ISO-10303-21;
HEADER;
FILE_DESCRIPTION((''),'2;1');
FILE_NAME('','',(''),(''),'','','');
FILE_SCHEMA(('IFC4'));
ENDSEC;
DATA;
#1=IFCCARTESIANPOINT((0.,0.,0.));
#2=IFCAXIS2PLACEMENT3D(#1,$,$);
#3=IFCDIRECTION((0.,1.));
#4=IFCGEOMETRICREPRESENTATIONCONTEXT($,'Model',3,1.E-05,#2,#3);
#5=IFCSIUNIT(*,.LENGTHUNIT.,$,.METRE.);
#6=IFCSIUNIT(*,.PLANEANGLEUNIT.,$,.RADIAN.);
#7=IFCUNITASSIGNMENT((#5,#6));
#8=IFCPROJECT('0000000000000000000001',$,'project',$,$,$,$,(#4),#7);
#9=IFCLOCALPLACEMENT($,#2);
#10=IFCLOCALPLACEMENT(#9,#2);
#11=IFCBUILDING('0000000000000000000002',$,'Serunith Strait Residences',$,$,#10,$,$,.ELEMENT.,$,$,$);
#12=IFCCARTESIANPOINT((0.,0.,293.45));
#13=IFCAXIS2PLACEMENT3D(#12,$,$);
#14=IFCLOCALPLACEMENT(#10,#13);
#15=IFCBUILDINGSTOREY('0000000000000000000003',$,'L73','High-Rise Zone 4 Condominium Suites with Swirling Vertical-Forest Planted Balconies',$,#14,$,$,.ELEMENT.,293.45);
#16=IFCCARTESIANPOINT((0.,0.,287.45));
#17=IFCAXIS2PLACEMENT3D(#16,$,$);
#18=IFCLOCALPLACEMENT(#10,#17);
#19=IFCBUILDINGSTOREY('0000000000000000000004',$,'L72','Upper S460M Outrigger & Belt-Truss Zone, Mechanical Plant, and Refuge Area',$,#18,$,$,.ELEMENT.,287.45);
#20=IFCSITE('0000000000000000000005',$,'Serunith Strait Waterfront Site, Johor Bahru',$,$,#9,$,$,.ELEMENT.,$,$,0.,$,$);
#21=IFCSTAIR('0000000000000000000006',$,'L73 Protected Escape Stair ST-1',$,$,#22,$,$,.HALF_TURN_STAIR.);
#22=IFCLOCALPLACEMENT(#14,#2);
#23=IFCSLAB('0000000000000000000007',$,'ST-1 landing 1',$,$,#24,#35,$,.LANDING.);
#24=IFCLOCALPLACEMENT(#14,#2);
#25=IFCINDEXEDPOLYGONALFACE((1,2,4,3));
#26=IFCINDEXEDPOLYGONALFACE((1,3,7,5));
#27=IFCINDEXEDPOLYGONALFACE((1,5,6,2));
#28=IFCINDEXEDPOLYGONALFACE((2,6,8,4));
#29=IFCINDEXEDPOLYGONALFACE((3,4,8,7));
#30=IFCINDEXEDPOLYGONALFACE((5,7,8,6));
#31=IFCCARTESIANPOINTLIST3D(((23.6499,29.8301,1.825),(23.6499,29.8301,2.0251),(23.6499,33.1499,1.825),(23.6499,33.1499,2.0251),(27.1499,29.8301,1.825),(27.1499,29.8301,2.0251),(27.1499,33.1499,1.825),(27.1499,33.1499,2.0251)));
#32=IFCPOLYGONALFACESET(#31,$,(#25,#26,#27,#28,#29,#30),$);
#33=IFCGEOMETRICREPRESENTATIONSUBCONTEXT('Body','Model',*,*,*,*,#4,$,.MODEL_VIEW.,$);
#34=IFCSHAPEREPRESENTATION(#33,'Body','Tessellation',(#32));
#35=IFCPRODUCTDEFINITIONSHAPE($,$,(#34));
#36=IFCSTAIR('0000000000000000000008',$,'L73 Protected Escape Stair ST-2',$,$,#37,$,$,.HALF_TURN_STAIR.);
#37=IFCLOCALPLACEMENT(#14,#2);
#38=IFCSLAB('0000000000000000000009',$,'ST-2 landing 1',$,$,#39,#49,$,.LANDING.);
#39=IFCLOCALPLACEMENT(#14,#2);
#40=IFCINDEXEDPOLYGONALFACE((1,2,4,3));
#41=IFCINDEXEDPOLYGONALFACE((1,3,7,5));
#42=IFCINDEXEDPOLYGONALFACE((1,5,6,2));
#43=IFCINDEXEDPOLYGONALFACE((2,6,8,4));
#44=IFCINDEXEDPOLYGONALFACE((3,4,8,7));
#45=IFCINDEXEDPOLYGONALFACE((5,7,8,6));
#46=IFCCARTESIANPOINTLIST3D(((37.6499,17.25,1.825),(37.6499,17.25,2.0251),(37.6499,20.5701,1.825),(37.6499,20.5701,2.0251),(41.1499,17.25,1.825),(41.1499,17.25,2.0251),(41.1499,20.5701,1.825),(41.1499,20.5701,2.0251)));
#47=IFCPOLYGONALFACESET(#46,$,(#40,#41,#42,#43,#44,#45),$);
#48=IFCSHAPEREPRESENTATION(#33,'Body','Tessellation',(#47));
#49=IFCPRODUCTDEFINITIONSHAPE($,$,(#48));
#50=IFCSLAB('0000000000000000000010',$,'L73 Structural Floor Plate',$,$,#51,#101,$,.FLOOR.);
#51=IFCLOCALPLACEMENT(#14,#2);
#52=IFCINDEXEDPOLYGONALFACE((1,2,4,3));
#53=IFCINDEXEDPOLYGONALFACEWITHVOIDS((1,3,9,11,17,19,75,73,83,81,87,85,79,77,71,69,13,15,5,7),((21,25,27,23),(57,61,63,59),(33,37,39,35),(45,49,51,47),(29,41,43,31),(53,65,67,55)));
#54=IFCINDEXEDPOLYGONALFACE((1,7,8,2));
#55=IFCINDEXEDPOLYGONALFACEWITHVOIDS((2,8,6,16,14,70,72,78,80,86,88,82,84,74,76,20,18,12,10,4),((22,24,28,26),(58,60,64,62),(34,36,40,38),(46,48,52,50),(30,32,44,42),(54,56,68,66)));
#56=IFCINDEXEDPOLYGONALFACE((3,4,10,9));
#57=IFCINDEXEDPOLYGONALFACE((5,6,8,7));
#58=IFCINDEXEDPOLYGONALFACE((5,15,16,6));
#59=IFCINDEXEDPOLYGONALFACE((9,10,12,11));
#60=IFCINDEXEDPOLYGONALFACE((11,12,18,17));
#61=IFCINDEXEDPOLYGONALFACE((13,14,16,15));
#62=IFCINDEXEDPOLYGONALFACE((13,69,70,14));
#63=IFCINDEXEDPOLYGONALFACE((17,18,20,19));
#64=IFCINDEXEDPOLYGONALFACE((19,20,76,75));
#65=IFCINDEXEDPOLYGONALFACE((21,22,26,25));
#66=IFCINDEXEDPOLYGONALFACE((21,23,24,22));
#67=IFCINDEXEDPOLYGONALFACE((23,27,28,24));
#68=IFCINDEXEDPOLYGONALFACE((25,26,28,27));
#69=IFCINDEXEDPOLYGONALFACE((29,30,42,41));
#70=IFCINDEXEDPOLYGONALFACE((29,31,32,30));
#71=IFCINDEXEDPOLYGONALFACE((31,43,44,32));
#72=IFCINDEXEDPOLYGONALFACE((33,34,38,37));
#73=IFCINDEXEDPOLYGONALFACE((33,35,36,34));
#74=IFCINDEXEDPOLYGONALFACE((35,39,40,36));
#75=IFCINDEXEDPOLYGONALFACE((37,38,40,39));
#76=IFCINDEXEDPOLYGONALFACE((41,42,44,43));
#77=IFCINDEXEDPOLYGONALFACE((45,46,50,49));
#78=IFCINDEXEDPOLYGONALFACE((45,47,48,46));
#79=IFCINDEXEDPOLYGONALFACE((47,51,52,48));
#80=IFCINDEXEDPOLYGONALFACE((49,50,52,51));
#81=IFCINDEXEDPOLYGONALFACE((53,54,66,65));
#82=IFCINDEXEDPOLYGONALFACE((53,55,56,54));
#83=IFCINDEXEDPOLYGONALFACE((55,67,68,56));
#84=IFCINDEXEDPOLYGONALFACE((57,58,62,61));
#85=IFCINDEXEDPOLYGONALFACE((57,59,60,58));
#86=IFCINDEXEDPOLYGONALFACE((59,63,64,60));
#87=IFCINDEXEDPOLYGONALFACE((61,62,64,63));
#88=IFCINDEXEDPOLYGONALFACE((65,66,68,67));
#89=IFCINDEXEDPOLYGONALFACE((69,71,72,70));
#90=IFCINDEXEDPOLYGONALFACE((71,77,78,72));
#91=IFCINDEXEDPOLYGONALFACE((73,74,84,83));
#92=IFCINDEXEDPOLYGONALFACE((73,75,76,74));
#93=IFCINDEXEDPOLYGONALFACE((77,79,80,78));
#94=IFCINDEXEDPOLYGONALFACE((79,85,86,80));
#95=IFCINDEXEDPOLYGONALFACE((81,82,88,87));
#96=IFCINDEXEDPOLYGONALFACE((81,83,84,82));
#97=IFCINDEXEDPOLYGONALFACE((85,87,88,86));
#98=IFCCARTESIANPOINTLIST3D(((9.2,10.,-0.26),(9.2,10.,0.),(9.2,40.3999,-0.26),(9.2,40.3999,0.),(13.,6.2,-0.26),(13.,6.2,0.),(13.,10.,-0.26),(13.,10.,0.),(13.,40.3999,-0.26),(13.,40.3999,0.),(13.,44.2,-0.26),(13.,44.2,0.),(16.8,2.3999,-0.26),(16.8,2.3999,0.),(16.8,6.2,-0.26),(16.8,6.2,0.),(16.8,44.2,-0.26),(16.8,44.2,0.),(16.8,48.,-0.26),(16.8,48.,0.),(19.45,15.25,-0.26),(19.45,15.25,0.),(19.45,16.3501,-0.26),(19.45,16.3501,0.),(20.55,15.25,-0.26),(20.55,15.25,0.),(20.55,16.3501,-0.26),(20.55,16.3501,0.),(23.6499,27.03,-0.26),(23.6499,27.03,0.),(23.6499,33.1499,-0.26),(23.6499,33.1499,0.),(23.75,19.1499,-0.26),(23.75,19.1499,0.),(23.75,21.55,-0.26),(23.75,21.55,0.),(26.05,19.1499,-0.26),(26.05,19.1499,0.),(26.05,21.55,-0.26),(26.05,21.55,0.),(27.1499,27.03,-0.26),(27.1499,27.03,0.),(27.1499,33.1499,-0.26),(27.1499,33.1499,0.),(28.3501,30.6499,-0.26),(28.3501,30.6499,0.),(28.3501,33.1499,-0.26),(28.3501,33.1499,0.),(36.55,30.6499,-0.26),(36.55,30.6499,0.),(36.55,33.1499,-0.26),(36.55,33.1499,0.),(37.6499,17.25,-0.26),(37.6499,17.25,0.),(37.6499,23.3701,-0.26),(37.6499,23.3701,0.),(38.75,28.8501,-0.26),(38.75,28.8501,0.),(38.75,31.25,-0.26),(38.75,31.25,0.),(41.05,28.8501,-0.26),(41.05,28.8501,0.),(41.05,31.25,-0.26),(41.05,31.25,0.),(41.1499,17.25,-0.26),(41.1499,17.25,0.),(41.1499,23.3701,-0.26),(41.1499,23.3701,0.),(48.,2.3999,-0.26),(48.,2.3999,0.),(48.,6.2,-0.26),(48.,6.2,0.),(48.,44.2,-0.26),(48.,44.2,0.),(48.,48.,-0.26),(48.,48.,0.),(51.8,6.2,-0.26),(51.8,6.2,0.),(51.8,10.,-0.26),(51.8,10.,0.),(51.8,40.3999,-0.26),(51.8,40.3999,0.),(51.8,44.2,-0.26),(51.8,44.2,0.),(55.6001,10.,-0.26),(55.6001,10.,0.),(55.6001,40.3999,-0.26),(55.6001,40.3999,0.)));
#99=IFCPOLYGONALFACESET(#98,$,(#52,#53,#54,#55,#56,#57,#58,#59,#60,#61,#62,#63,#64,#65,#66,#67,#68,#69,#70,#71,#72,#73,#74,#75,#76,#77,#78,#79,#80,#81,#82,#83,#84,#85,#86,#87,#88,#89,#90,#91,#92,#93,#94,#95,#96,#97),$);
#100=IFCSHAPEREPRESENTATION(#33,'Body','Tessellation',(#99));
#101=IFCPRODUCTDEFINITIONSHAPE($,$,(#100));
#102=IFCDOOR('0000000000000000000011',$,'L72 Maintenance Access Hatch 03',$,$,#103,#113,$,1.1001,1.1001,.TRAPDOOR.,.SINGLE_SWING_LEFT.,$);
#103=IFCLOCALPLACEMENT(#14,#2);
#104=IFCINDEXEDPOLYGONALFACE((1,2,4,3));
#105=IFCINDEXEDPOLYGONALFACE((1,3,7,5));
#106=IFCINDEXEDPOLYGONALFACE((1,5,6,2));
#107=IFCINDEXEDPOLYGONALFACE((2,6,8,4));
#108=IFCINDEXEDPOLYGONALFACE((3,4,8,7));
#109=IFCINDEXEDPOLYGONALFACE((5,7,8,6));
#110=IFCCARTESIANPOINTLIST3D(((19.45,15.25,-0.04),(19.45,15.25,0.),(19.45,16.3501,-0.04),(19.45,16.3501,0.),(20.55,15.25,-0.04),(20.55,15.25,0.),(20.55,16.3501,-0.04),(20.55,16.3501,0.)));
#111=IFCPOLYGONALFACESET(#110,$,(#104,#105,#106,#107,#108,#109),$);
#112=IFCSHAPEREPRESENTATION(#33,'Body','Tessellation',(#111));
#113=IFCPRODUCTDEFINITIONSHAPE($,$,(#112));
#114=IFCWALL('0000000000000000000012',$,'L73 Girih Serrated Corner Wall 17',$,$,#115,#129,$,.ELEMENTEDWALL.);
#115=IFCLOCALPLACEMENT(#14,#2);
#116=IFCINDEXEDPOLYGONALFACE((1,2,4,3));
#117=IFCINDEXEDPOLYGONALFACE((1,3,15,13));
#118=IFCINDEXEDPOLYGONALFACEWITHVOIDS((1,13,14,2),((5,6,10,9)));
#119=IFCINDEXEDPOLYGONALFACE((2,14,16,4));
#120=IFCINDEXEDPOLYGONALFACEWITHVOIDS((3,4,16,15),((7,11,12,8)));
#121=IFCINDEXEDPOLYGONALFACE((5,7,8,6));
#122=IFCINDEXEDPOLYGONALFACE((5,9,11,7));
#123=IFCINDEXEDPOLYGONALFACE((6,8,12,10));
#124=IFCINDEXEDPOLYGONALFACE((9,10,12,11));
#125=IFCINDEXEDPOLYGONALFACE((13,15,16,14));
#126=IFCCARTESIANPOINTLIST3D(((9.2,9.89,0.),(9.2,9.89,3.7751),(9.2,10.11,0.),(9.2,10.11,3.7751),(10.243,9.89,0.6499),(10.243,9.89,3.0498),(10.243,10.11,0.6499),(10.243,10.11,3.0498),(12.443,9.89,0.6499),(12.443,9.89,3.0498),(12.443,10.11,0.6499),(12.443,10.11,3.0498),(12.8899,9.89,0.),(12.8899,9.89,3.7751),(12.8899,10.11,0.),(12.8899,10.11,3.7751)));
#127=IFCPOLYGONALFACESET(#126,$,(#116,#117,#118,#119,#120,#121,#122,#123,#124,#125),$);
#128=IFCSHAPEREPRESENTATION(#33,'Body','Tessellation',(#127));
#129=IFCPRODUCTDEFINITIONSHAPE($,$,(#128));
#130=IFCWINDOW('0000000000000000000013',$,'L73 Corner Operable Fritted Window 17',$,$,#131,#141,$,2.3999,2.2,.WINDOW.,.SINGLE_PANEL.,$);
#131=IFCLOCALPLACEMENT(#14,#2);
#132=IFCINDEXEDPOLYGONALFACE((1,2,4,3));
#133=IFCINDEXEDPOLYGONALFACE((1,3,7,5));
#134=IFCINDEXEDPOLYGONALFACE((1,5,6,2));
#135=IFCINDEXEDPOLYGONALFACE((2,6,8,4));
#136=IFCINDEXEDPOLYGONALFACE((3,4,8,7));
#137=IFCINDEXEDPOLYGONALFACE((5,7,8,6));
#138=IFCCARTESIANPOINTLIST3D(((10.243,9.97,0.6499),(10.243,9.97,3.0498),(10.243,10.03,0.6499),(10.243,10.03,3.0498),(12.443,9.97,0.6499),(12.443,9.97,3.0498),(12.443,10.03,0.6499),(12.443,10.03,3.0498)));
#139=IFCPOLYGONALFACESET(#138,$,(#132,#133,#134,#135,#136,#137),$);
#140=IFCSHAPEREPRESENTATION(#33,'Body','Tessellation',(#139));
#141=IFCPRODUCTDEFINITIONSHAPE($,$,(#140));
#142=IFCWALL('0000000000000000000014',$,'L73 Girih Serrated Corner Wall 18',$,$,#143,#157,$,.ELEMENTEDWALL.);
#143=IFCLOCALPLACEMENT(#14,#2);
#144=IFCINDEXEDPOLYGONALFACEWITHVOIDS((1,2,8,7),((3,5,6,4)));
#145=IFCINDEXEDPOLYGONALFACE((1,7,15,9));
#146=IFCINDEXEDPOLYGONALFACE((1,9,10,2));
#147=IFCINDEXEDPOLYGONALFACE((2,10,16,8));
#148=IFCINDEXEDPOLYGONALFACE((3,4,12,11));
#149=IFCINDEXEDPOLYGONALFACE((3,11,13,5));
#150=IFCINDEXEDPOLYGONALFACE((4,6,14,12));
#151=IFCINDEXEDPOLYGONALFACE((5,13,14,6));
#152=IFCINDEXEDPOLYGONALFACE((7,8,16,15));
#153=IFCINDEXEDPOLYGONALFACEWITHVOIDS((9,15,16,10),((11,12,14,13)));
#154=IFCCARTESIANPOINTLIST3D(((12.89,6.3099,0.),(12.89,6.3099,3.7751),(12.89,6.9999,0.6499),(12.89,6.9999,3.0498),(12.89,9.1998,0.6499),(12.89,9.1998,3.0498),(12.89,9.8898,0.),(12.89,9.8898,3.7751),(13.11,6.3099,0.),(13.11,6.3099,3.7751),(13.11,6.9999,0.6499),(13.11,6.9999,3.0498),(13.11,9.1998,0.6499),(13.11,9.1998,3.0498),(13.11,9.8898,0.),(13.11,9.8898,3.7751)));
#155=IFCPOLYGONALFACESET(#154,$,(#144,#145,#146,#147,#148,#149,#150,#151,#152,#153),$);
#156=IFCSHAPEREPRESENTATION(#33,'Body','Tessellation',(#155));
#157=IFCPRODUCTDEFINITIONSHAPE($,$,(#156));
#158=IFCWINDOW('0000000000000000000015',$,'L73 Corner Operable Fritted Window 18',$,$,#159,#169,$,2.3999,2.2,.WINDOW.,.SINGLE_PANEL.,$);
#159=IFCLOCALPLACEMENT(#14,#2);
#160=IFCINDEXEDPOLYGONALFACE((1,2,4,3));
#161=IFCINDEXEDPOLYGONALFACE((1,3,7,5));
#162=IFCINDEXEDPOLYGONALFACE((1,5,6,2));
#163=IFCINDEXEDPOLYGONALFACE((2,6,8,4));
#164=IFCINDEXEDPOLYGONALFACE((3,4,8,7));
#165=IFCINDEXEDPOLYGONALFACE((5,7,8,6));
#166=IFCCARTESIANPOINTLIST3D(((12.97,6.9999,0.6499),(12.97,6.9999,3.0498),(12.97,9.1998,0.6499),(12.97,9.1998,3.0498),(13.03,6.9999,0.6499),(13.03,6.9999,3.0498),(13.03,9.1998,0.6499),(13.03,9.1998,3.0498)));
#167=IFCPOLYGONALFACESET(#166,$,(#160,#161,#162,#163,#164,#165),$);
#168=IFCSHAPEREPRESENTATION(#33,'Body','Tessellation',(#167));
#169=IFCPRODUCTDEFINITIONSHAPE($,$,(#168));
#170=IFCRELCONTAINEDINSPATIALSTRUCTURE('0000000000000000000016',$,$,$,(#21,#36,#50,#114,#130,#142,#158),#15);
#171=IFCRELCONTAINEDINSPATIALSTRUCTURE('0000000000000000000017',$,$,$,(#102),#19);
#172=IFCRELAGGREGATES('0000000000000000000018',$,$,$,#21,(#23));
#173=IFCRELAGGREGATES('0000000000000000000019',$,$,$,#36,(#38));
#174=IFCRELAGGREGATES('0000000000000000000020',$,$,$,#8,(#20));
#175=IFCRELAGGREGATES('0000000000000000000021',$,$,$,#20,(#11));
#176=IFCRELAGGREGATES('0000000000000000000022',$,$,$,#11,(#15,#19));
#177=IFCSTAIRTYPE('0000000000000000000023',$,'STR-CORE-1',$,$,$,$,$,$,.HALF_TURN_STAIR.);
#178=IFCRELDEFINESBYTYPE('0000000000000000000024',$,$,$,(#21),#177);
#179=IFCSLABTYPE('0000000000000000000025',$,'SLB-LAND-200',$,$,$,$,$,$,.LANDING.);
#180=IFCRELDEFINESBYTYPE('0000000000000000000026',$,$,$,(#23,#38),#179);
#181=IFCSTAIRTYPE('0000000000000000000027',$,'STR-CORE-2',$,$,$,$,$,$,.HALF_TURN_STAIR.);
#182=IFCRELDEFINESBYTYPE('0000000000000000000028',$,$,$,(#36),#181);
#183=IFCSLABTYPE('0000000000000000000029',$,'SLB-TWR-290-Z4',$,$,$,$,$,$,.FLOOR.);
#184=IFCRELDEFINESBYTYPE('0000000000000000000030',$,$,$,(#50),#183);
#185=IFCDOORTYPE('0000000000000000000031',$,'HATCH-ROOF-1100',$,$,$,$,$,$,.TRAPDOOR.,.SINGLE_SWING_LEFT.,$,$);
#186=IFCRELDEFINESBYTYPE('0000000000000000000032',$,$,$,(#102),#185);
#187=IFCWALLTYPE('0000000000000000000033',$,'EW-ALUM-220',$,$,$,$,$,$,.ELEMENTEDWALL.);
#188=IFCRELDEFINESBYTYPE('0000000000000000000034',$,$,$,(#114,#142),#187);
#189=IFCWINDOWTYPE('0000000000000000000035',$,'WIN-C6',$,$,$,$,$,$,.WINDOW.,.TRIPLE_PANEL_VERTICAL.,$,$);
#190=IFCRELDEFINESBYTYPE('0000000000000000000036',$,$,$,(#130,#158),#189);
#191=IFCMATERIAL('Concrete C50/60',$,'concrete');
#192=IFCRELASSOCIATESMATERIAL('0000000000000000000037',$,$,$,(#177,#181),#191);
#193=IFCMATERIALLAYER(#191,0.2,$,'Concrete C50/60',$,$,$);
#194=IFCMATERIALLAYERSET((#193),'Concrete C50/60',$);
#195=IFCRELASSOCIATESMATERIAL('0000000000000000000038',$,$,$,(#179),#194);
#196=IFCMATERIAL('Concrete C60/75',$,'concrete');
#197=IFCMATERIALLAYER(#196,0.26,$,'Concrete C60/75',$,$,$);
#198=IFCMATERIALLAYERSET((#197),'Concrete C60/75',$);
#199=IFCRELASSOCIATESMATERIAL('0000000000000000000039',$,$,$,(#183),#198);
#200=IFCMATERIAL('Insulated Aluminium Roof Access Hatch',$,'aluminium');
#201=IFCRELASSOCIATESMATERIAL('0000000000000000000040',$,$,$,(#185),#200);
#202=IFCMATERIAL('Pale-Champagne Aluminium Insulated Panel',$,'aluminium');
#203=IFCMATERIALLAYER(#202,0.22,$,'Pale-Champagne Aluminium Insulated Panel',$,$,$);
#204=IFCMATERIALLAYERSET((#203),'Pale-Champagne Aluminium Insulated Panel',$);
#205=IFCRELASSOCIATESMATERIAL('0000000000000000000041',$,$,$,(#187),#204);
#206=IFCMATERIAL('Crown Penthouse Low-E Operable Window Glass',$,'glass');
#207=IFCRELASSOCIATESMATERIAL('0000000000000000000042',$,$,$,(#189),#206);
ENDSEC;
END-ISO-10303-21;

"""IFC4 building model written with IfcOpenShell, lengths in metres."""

from ifc_helpers import new_model, si_unit, direction, frame, frame_2d, origin, origin_2d, place, context, subcontext, project, spatial, polyline, rectangle, outline, extrude, source, transform, mapped, material, layer, layer_set, type_object, element, fill, aggregate, save


model = new_model("IFC4")

# Units and contexts
model_context = context("Model", 3, precision=1e-05, world=origin(), true_north=direction((0.0, 1.0)))
body_context = subcontext(model_context, "Body", "Model", "MODEL_VIEW")
ifc_project = project(units=[si_unit("LENGTHUNIT", "METRE"), si_unit("PLANEANGLEUNIT", "RADIAN")], contexts=[model_context])

# Site, building, storey
site_placement = place(None, origin())
site = spatial("IfcSite", under=ifc_project, at=site_placement, Name="Serunith Strait Waterfront Site, Johor Bahru", CompositionType="ELEMENT", RefElevation=0.0)
building_placement = place(site_placement, origin())
building = spatial("IfcBuilding", under=site, at=building_placement, Name="Serunith Strait Residences", CompositionType="ELEMENT")
storey_1_placement = place(building_placement, frame((0.0, 0.0, 293.45)))
storey_1 = spatial("IfcBuildingStorey", under=building, at=storey_1_placement, Name="L73", Description="High-Rise Zone 4 Condominium Suites with Swirling Vertical-Forest Planted Balconies", CompositionType="ELEMENT", Elevation=293.45)

# Shared definitions
ifc_material_1 = material(Name="Concrete C50/60", Category="concrete")

# Stairs, slabs
stair_type_1 = type_object("IfcStairType", Name="STR-CORE-1", PredefinedType="HALF_TURN_STAIR", material=ifc_material_1)
stair_1_placement = place(storey_1_placement, origin())
stair_1 = element("IfcStair", 1, at=stair_1_placement, inside=storey_1, type_object=stair_type_1, Name="L73 Protected Escape Stair ST-1", PredefinedType="HALF_TURN_STAIR")
ifc_layer_1 = layer(ifc_material_1, 0.2, Name="Concrete C50/60")
ifc_layer_set_1 = layer_set([ifc_layer_1], Name="Concrete C50/60")
slab_type_1 = type_object("IfcSlabType", Name="SLB-LAND-200", PredefinedType="LANDING", material=ifc_layer_set_1)
slab_1_placement = place(storey_1_placement, frame((0.0, 0.0, 1.825)))
slab_1 = element("IfcSlab", 2, at=slab_1_placement, type_object=slab_type_1, Name="ST-1 landing 1", PredefinedType="LANDING", context=body_context, shape_type="SweptSolid", body=[
    extrude(outline(polyline([(27.1499, 29.8301), (27.1499, 33.1499), (23.6499, 33.1499), (23.6499, 29.8301), (27.1499, 29.8301)])), origin(), (0.0, 0.0, 1.0), 0.2002),
])
aggregate(stair_1, [slab_1])
stair_type_2 = type_object("IfcStairType", Name="STR-CORE-2", PredefinedType="HALF_TURN_STAIR", material=ifc_material_1)
stair_2_placement = place(storey_1_placement, origin())
stair_2 = element("IfcStair", 3, at=stair_2_placement, inside=storey_1, type_object=stair_type_2, Name="L73 Protected Escape Stair ST-2", PredefinedType="HALF_TURN_STAIR")
slab_2_placement = place(storey_1_placement, frame((0.0, 0.0, 1.825)))
slab_2 = element("IfcSlab", 4, at=slab_2_placement, type_object=slab_type_1, Name="ST-2 landing 1", PredefinedType="LANDING", context=body_context, shape_type="SweptSolid", body=[
    extrude(outline(polyline([(37.6499, 20.5701), (37.6499, 17.25), (41.1499, 17.25), (41.1499, 20.5701), (37.6499, 20.5701)])), origin(), (0.0, 0.0, 1.0), 0.2002),
])
aggregate(stair_2, [slab_2])

# Slab, opening
ifc_material_2 = material(Name="Concrete C60/75", Category="concrete")
ifc_layer_2 = layer(ifc_material_2, 0.26, Name="Concrete C60/75")
ifc_layer_set_2 = layer_set([ifc_layer_2], Name="Concrete C60/75")
slab_type_2 = type_object("IfcSlabType", Name="SLB-TWR-290-Z4", PredefinedType="FLOOR", material=ifc_layer_set_2)
slab_3_placement = place(storey_1_placement, frame((0.0, 0.0, -0.26)))
slab_3 = element("IfcSlab", 5, at=slab_3_placement, inside=storey_1, type_object=slab_type_2, Name="L73 Structural Floor Plate", PredefinedType="FLOOR", context=body_context, shape_type="SweptSolid", body=[
    extrude(outline(polyline([(16.8, 6.2), (13.0, 6.2), (13.0, 10.0), (9.2, 10.0), (9.2, 40.3999), (13.0, 40.3999), (13.0, 44.2), (16.8, 44.2), (16.8, 48.0), (48.0, 48.0), (48.0, 44.2), (51.8, 44.2), (51.8, 40.3999), (55.6001, 40.3999), (55.6001, 10.0), (51.8, 10.0), (51.8, 6.2), (48.0, 6.2), (48.0, 2.3999), (16.8, 2.3999), (16.8, 6.2)]), holes=[polyline([(41.1499, 23.3701), (37.6499, 23.3701), (37.6499, 17.25), (41.1499, 17.25), (41.1499, 23.3701)]), polyline([(38.75, 31.25), (38.75, 28.8501), (41.05, 28.8501), (41.05, 31.25), (38.75, 31.25)]), polyline([(36.55, 33.1499), (28.3501, 33.1499), (28.3501, 30.6499), (36.55, 30.6499), (36.55, 33.1499)]), polyline([(23.6499, 33.1499), (23.6499, 27.03), (27.1499, 27.03), (27.1499, 33.1499), (23.6499, 33.1499)]), polyline([(23.75, 21.55), (23.75, 19.1499), (26.05, 19.1499), (26.05, 21.55), (23.75, 21.55)])]), origin(), (0.0, 0.0, 1.0), 0.26),
])
opening_1_placement = place(slab_3_placement, frame((20.0, 15.8, 0.0)))
opening_1 = element("IfcOpeningElement", 6, at=opening_1_placement, cuts=slab_3, PredefinedType="OPENING", context=body_context, shape_type="SweptSolid", body=[
    extrude(rectangle(XDim=1.1001, YDim=1.1001, at=origin_2d()), frame((0.0, 0.0, -0.01)), (0.0, 0.0, 1.0), 0.28),
])

# Shared definitions
storey_2_placement = place(building_placement, frame((0.0, 0.0, 287.45)))
storey_2 = spatial("IfcBuildingStorey", under=building, at=storey_2_placement, Name="L72", Description="Upper S460M Outrigger & Belt-Truss Zone, Mechanical Plant, and Refuge Area", CompositionType="ELEMENT", Elevation=287.45)

# Door
ifc_material_3 = material(Name="Insulated Aluminium Roof Access Hatch", Category="aluminium")
door_type = type_object("IfcDoorType", Name="HATCH-ROOF-1100", OperationType="SINGLE_SWING_LEFT", PredefinedType="TRAPDOOR", material=ifc_material_3)
door_placement = place(opening_1_placement, frame((0.0, 0.0, 0.22)))
door = element("IfcDoor", 7, at=door_placement, inside=storey_2, type_object=door_type, Name="L72 Maintenance Access Hatch 03", OperationType="SINGLE_SWING_LEFT", OverallHeight=1.1001, OverallWidth=1.1001, PredefinedType="TRAPDOOR", context=body_context, shape_type="SweptSolid", body=[
    extrude(rectangle(XDim=1.1001, YDim=1.1001, at=origin_2d()), origin(), (0.0, 0.0, 1.0), 0.04),
])
fill(opening_1, door)

# Walls, openings, windows
ifc_material_4 = material(Name="Pale-Champagne Aluminium Insulated Panel", Category="aluminium")
ifc_layer_3 = layer(ifc_material_4, 0.22, Name="Pale-Champagne Aluminium Insulated Panel")
ifc_layer_set_3 = layer_set([ifc_layer_3], Name="Pale-Champagne Aluminium Insulated Panel")
wall_type_1 = type_object("IfcWallType", Name="EW-ALUM-220", PredefinedType="ELEMENTEDWALL", material=ifc_layer_set_3)
wall_1_placement = place(storey_1_placement, frame((9.2, 10.0, 0.0), z_axis=(0.0, 0.0, 1.0), x_axis=(1.0, 0.0, 0.0)))
wall_1 = element("IfcWall", 8, at=wall_1_placement, inside=storey_1, type_object=wall_type_1, Name="L73 Girih Serrated Corner Wall 17", PredefinedType="ELEMENTEDWALL", context=body_context, shape_type="SweptSolid", body=[
    extrude(rectangle(XDim=3.6899, YDim=0.22, at=frame_2d((1.845, 0.0))), origin(), (0.0, 0.0, 1.0), 3.7751),
])
opening_2_placement = place(wall_1_placement, frame((1.043, 0.0, 0.6499)))
opening_2 = element("IfcOpeningElement", 9, at=opening_2_placement, cuts=wall_1, PredefinedType="OPENING", context=body_context, shape_type="SweptSolid", body=[
    extrude(rectangle(XDim=2.2, YDim=2.3999, at=frame_2d((1.1001, 1.2))), frame((0.0, 0.1201, 0.0), z_axis=(0.0, -1.0, 0.0), x_axis=(1.0, 0.0, 0.0)), (0.0, 0.0, 1.0), 0.24),
])
ifc_material_5 = material(Name="Crown Penthouse Low-E Operable Window Glass", Category="glass")
window_type = type_object("IfcWindowType", Name="WIN-C6", PartitioningType="TRIPLE_PANEL_VERTICAL", PredefinedType="WINDOW", material=ifc_material_5)
shared_shape_1 = source(origin(), body_context, "Body", "SweptSolid", [
    extrude(rectangle(XDim=2.2, YDim=2.3999, at=frame_2d((1.1001, 1.2))), frame((0.0, 0.03, 0.0), z_axis=(0.0, -1.0, 0.0), x_axis=(1.0, 0.0, 0.0)), (0.0, 0.0, 1.0), 0.0601),
])
window_1_placement = place(opening_2_placement, origin())
window_1 = element("IfcWindow", 10, at=window_1_placement, inside=storey_1, type_object=window_type, Name="L73 Corner Operable Fritted Window 17", OverallHeight=2.3999, OverallWidth=2.2, PartitioningType="SINGLE_PANEL", PredefinedType="WINDOW", context=body_context, shape_type="MappedRepresentation", body=[
    mapped(shared_shape_1, transform((0.0, 0.0, 0.0), scale=1.0)),
])
fill(opening_2, window_1)
wall_2_placement = place(storey_1_placement, frame((13.0, 9.8899, 0.0), z_axis=(0.0, 0.0, 1.0), x_axis=(0.0, -1.0, 0.0)))
wall_2 = element("IfcWall", 11, at=wall_2_placement, inside=storey_1, type_object=wall_type_1, Name="L73 Girih Serrated Corner Wall 18", PredefinedType="ELEMENTEDWALL", context=body_context, shape_type="SweptSolid", body=[
    extrude(rectangle(XDim=3.5798, YDim=0.22, at=frame_2d((1.79, 0.0))), origin(), (0.0, 0.0, 1.0), 3.7751),
])
opening_3_placement = place(wall_2_placement, frame((0.6899, 0.0, 0.6499)))
opening_3 = element("IfcOpeningElement", 12, at=opening_3_placement, cuts=wall_2, PredefinedType="OPENING", context=body_context, shape_type="SweptSolid", body=[
    extrude(rectangle(XDim=2.2, YDim=2.3999, at=frame_2d((1.1001, 1.2))), frame((0.0, 0.1201, 0.0), z_axis=(0.0, -1.0, 0.0), x_axis=(1.0, 0.0, 0.0)), (0.0, 0.0, 1.0), 0.24),
])
window_2_placement = place(opening_3_placement, origin())
window_2 = element("IfcWindow", 13, at=window_2_placement, inside=storey_1, type_object=window_type, Name="L73 Corner Operable Fritted Window 18", OverallHeight=2.3999, OverallWidth=2.2, PartitioningType="SINGLE_PANEL", PredefinedType="WINDOW", context=body_context, shape_type="MappedRepresentation", body=[
    mapped(shared_shape_1, transform((0.0, 0.0, 0.0), scale=1.0)),
])
fill(opening_3, window_2)

save(model, "model.ifc")
